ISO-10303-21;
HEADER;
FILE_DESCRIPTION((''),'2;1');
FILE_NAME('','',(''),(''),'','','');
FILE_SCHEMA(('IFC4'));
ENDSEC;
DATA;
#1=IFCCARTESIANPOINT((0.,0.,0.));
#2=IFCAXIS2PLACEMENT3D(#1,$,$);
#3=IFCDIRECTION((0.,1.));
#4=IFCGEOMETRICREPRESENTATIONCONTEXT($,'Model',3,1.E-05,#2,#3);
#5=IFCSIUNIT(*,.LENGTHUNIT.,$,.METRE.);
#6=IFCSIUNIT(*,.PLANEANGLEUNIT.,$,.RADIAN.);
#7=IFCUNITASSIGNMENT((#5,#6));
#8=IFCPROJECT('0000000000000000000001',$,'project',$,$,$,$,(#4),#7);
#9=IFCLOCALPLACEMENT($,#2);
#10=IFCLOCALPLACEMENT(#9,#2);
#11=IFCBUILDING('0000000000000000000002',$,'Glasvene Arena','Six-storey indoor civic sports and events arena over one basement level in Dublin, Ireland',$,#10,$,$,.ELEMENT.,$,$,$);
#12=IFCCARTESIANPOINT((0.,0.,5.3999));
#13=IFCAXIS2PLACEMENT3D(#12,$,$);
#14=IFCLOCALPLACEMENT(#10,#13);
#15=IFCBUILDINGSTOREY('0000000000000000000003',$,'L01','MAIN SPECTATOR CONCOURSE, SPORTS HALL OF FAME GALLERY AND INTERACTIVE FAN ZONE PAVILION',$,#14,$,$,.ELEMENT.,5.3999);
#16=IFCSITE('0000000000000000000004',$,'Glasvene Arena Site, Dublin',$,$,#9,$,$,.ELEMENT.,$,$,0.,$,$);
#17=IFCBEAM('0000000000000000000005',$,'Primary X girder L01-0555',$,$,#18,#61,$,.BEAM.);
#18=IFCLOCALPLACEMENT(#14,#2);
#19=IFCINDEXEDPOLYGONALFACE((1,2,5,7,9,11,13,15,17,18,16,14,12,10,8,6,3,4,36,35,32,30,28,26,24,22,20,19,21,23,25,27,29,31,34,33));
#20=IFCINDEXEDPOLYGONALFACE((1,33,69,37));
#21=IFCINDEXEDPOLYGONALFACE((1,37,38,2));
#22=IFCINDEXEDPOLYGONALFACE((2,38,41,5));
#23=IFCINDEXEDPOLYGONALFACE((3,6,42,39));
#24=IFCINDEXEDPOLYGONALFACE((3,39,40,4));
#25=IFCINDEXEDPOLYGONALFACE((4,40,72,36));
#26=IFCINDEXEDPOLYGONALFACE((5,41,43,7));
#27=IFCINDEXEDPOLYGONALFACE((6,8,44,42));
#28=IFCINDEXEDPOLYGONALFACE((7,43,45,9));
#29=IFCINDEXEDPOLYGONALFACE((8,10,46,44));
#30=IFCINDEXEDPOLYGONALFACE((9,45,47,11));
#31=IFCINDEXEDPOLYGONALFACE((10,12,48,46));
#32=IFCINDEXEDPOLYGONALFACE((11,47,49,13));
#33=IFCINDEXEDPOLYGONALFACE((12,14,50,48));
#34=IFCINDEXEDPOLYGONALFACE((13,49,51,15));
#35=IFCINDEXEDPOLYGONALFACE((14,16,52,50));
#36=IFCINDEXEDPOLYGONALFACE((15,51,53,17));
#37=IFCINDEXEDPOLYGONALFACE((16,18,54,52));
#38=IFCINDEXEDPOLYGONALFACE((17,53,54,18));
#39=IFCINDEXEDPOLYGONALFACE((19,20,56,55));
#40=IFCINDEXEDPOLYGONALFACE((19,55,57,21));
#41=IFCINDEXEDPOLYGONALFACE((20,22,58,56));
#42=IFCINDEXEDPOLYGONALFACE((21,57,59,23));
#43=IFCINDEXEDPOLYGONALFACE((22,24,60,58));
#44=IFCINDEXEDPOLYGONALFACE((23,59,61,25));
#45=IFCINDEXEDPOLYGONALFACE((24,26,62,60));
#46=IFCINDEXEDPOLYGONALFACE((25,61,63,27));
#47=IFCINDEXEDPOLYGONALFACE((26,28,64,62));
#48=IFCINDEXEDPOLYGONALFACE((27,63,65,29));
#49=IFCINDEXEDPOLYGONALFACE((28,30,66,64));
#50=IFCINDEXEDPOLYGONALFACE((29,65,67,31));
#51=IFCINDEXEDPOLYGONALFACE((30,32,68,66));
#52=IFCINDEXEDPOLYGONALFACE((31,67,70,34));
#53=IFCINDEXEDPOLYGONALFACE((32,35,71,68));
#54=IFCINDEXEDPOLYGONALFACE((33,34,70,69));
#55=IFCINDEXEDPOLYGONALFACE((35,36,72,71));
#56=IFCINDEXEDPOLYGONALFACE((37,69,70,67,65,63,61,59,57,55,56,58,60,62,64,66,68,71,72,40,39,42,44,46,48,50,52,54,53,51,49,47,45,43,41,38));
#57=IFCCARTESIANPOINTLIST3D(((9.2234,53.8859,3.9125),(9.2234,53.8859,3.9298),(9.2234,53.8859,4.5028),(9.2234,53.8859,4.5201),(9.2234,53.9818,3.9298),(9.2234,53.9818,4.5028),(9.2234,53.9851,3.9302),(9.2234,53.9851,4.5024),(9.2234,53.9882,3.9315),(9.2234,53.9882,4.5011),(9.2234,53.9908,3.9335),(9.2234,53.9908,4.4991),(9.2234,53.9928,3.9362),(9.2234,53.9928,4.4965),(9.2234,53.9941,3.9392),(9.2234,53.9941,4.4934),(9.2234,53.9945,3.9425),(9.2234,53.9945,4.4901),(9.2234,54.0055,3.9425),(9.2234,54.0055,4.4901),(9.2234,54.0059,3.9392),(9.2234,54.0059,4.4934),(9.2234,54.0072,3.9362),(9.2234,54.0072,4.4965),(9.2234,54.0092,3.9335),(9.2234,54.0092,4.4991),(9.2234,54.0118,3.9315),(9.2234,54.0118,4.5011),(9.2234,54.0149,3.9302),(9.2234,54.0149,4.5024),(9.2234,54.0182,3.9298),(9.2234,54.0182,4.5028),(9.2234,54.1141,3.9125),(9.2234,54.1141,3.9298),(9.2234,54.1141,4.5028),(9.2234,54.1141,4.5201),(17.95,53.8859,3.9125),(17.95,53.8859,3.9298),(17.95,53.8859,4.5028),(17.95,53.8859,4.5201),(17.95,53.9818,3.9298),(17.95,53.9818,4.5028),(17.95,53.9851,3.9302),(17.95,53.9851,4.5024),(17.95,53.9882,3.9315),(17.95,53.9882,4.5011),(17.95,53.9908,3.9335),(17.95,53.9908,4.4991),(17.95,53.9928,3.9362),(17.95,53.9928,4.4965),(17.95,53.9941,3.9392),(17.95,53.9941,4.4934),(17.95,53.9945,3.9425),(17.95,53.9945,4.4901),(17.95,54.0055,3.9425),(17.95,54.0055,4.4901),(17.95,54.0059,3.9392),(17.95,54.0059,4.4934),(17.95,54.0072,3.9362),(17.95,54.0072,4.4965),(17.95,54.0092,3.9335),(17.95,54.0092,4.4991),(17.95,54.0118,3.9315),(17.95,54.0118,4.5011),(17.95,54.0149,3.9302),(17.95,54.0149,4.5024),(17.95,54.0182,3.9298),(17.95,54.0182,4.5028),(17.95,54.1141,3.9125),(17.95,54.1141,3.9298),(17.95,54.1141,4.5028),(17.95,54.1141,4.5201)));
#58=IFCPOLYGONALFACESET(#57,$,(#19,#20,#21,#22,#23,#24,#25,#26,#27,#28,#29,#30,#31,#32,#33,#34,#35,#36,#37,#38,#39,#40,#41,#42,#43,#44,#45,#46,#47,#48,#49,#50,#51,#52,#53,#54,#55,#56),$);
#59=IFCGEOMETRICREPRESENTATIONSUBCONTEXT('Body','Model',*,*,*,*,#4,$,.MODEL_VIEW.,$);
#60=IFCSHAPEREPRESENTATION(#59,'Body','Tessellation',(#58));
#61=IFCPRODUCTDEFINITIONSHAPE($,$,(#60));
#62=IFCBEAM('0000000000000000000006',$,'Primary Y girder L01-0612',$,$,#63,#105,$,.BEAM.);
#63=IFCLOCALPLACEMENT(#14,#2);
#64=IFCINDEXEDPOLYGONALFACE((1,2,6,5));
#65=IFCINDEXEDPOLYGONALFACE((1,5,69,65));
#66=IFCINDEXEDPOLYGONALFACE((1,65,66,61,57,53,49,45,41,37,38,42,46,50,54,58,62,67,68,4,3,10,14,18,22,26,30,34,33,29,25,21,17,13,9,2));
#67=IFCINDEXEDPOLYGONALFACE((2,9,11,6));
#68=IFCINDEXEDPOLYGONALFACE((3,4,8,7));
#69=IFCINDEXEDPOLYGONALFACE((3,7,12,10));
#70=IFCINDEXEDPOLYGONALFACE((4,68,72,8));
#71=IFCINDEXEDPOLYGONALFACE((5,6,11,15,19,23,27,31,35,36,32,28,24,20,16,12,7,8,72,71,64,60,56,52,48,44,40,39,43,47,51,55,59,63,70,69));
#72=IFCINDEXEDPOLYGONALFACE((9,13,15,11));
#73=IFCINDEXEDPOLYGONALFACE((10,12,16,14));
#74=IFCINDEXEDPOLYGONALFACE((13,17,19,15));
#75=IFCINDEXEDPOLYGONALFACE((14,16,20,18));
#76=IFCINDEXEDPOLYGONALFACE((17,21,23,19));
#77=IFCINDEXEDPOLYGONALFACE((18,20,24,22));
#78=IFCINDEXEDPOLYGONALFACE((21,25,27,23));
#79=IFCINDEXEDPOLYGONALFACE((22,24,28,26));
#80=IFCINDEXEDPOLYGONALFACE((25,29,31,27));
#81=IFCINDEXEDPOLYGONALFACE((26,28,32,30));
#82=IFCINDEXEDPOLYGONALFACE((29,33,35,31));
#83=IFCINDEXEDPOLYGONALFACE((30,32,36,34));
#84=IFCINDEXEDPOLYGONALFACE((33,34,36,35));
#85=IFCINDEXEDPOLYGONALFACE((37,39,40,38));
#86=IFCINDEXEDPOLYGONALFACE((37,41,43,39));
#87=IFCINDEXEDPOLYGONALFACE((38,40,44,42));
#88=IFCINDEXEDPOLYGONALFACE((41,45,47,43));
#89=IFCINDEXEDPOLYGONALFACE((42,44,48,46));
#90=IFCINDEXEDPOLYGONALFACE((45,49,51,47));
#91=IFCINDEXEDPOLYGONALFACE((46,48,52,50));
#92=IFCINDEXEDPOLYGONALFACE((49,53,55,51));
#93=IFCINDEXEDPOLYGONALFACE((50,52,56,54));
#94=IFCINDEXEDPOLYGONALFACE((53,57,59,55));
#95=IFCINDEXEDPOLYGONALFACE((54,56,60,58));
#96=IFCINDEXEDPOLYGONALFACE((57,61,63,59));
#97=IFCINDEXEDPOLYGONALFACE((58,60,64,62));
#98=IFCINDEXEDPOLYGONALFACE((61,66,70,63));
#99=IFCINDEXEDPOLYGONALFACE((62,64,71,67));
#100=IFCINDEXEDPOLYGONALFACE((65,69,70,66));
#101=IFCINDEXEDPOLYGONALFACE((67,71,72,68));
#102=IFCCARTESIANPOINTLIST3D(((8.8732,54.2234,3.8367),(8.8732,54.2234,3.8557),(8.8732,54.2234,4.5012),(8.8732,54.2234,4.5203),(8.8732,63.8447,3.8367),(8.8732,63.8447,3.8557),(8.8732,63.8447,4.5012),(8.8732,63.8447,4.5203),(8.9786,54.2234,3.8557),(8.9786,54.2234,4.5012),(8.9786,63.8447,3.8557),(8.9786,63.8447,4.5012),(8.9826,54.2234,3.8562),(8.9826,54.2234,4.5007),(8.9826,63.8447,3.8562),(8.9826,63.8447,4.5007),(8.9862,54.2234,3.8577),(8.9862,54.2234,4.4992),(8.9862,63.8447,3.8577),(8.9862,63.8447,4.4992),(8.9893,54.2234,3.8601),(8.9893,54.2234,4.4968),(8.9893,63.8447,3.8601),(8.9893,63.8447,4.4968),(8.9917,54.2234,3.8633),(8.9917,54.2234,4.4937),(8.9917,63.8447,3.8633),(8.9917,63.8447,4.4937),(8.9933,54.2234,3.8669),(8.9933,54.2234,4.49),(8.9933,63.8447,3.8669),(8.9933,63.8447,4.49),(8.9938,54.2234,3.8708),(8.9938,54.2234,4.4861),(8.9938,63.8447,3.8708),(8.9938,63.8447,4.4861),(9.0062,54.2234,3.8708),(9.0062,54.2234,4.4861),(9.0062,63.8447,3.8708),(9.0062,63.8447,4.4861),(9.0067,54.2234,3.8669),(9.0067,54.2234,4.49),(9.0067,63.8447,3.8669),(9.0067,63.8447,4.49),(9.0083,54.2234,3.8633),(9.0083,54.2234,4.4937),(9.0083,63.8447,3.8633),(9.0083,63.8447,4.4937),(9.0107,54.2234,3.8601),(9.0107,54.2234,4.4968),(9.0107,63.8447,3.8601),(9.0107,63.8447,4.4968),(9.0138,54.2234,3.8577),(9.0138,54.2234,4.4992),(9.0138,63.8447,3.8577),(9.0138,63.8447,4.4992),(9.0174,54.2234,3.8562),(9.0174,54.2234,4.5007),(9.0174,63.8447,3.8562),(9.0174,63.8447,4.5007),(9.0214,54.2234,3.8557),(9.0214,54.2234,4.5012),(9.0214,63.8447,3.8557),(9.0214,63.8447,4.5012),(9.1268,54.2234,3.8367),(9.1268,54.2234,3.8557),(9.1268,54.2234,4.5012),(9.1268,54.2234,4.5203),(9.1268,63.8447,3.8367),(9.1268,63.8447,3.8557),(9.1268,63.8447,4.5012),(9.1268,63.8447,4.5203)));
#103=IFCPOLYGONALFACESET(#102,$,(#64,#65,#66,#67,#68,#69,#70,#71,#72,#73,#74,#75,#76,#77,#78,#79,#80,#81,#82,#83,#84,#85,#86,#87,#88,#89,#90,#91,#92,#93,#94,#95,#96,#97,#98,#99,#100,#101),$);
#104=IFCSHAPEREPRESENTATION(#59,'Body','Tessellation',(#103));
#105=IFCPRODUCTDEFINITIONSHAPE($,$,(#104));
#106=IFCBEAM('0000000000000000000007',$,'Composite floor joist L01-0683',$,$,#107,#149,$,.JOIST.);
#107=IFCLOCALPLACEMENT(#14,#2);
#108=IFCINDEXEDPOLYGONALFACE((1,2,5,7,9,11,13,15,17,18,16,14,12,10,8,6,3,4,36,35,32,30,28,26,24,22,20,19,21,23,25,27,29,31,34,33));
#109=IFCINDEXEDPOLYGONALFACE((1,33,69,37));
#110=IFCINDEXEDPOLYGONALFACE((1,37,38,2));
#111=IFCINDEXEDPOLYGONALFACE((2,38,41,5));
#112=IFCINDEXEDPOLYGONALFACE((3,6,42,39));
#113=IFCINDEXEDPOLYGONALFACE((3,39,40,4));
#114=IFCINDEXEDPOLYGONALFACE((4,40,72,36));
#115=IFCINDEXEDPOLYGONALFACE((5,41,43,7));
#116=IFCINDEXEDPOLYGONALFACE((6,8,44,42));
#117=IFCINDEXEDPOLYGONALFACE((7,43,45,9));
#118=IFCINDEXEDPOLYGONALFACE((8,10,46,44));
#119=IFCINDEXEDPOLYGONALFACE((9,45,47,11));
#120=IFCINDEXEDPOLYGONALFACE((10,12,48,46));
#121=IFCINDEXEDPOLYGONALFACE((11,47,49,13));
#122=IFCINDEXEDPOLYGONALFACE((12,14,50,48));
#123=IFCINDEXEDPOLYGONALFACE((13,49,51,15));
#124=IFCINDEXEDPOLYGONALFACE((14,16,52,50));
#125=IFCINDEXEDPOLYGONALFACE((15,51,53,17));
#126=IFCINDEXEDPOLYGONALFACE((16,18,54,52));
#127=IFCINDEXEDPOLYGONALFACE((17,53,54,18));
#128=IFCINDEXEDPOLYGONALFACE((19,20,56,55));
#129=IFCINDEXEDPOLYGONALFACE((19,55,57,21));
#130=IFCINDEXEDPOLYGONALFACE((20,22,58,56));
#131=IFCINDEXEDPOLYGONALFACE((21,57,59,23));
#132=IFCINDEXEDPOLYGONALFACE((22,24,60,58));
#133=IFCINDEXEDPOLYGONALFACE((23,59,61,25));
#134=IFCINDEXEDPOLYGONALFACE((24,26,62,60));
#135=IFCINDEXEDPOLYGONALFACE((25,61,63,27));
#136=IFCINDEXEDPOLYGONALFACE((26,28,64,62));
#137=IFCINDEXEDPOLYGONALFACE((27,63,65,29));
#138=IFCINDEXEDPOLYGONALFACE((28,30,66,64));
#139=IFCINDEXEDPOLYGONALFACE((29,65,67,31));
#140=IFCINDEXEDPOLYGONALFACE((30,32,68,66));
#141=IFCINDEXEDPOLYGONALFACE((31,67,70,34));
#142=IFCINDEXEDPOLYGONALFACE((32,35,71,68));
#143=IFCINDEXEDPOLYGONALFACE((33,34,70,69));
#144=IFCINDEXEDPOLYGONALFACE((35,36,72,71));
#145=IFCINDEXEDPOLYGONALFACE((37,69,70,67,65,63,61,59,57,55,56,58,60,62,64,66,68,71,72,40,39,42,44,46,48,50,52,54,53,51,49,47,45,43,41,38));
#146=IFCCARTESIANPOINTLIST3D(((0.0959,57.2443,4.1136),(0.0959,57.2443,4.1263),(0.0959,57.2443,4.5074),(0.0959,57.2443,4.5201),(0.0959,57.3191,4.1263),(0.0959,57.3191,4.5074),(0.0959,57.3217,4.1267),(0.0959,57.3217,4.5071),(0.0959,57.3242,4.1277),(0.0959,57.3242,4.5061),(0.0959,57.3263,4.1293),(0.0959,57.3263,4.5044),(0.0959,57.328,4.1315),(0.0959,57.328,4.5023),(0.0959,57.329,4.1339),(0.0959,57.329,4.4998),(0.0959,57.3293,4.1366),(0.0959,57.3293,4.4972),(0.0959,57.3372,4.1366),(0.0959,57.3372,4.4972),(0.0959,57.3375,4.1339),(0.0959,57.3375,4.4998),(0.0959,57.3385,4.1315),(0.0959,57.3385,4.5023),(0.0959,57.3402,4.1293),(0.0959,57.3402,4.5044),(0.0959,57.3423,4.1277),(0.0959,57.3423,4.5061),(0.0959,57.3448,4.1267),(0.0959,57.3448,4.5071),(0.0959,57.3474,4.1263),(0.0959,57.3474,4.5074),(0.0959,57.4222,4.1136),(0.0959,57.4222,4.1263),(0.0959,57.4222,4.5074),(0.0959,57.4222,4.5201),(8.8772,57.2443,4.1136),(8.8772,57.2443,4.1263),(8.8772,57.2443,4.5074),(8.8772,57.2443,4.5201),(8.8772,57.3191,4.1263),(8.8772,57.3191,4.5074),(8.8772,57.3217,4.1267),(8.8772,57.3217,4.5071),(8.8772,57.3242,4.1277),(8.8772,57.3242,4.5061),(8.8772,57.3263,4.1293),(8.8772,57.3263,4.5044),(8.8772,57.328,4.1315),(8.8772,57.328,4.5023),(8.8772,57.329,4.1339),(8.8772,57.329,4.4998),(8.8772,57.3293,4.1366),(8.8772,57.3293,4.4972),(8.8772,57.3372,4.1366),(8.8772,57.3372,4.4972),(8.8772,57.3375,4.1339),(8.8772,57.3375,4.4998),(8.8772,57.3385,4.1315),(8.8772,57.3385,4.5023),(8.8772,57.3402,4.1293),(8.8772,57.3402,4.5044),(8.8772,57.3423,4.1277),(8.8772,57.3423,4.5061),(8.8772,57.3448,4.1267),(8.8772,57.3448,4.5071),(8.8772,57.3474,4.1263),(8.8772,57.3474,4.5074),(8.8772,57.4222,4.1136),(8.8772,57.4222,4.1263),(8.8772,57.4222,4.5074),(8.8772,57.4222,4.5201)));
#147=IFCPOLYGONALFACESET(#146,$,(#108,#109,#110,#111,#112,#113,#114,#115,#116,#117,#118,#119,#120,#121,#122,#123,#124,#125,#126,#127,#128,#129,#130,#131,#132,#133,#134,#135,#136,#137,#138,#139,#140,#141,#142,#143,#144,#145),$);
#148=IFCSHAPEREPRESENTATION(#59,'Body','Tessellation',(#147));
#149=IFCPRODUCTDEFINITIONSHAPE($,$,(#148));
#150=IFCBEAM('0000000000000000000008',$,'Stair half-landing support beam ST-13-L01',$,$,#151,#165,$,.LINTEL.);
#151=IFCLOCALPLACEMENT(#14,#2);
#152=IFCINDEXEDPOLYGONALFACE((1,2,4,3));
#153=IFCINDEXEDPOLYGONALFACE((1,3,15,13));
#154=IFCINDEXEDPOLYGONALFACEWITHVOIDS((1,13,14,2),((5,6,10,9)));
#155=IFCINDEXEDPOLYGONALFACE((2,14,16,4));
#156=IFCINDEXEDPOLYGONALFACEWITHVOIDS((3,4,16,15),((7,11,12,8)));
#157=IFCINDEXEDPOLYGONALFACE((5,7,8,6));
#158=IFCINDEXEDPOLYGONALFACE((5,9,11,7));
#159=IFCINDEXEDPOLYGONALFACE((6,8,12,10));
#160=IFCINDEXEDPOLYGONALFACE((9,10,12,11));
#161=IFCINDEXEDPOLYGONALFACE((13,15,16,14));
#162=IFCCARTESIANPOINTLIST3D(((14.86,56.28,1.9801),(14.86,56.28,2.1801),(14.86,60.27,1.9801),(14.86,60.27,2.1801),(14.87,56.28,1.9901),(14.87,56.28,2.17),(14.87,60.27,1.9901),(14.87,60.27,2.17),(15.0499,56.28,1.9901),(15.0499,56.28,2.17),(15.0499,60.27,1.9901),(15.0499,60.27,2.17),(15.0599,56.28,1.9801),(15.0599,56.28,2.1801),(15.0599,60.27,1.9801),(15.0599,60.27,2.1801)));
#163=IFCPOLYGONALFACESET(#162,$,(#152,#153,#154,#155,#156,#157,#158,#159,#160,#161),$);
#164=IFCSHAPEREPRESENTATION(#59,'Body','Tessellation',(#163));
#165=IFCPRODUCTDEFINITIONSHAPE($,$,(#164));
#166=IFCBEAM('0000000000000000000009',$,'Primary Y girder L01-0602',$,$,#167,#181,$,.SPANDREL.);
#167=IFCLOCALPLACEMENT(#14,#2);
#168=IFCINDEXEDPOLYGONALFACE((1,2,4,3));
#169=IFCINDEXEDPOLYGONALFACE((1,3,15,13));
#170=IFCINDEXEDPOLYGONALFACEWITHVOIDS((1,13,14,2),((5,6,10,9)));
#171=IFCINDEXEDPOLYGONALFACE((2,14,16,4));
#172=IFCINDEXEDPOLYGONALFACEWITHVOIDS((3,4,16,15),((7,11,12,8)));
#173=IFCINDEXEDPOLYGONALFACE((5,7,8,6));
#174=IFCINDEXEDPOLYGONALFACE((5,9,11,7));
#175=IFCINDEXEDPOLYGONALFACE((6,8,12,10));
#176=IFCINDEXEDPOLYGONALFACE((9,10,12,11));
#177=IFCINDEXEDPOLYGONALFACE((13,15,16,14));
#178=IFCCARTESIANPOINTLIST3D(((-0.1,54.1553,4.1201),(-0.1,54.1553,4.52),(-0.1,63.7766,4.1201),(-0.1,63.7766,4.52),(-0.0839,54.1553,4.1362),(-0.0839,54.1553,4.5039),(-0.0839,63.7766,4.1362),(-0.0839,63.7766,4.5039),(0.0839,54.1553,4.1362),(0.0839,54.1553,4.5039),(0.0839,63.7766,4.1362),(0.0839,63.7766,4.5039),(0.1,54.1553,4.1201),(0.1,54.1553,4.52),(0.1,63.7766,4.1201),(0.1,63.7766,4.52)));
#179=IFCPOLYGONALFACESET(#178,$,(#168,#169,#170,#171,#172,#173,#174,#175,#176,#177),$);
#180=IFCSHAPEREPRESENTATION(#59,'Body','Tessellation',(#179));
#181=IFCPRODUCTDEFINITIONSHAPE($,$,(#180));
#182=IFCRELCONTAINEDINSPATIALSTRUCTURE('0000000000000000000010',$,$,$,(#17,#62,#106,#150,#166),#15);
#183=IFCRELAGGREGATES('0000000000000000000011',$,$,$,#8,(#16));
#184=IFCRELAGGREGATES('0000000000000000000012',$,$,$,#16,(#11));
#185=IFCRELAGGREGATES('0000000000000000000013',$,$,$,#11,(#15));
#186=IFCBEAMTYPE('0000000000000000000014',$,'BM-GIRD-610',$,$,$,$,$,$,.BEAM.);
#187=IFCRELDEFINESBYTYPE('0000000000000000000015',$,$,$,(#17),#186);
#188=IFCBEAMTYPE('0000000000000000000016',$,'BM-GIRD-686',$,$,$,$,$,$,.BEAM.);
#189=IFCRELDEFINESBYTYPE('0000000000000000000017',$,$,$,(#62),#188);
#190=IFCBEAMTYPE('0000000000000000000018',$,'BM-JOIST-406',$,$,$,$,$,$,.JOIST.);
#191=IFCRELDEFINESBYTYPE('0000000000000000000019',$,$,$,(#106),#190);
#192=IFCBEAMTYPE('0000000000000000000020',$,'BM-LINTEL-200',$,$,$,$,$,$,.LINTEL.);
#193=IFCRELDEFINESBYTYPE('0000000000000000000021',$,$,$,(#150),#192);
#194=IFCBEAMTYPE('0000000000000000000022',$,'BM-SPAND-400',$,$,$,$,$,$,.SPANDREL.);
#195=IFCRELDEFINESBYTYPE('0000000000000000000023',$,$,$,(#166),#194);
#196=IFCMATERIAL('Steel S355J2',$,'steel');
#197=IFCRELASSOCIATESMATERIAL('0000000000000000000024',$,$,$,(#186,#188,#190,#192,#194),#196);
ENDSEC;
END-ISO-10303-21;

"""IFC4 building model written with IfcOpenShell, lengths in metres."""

from ifc_helpers import new_model, si_unit, direction, frame, origin, origin_2d, place, context, subcontext, project, spatial, hollow_rectangle, i_section, extrude, material, material_profile, profile_set, type_object, element, save


model = new_model("IFC4")

# Units and contexts
model_context = context("Model", 3, precision=1e-05, world=origin(), true_north=direction((0.0, 1.0)))
body_context = subcontext(model_context, "Body", "Model", "MODEL_VIEW")
ifc_project = project(units=[si_unit("LENGTHUNIT", "METRE"), si_unit("PLANEANGLEUNIT", "RADIAN")], contexts=[model_context])

# Site, building, storey
site_placement = place(None, origin())
site = spatial("IfcSite", under=ifc_project, at=site_placement, Name="Glasvene Arena Site, Dublin", CompositionType="ELEMENT", RefElevation=0.0)
building_placement = place(site_placement, origin())
building = spatial("IfcBuilding", under=site, at=building_placement, Name="Glasvene Arena", Description="Six-storey indoor civic sports and events arena over one basement level in Dublin, Ireland", CompositionType="ELEMENT")
storey_placement = place(building_placement, frame((0.0, 0.0, 5.3999)))
storey = spatial("IfcBuildingStorey", under=building, at=storey_placement, Name="L01", Description="MAIN SPECTATOR CONCOURSE, SPORTS HALL OF FAME GALLERY AND INTERACTIVE FAN ZONE PAVILION", CompositionType="ELEMENT", Elevation=5.3999)

# Shared definitions
ifc_material_1 = material(Name="Steel S355J2", Category="steel")

# Beams
ifc_material_profile_1 = material_profile(ifc_material_1, i_section(OverallWidth=0.2283, OverallDepth=0.6077, WebThickness=0.011, FlangeThickness=0.0173, FilletRadius=0.0127, at=origin_2d()), Name="UKB 610x229x113")
ifc_profile_set_1 = profile_set([ifc_material_profile_1], Name="Steel S355J2")
beam_type_1 = type_object("IfcBeamType", Name="BM-GIRD-610", PredefinedType="BEAM", material=ifc_profile_set_1)
for number, where, z_axis, x_axis, name in (
    (1, (9.2234, 54.0, 4.2163), (1.0, 0.0, 0.0), (0.0, 1.0, 0.0), "Primary X girder L01-0555"),
):
    element("IfcBeam", number, at=place(storey_placement, frame(where, z_axis=z_axis, x_axis=x_axis)), inside=storey, type_object=beam_type_1, Name=name, PredefinedType="BEAM", context=body_context, shape_type="SweptSolid", body=[
        extrude(i_section(OverallWidth=0.2283, OverallDepth=0.6077, WebThickness=0.011, FlangeThickness=0.0173, FilletRadius=0.0127, at=origin_2d()), origin(), (0.0, 0.0, 1.0), 8.7266),
    ])
ifc_material_profile_2 = material_profile(ifc_material_1, i_section(OverallWidth=0.2537, OverallDepth=0.6836, WebThickness=0.0125, FlangeThickness=0.019, FilletRadius=0.0151, at=origin_2d()), Name="UKB 686x254x140")
ifc_profile_set_2 = profile_set([ifc_material_profile_2], Name="Steel S355J2")
beam_type_2 = type_object("IfcBeamType", Name="BM-GIRD-686", PredefinedType="BEAM", material=ifc_profile_set_2)
beam_1_placement = place(storey_placement, frame((9.0, 54.2234, 4.1785), z_axis=(0.0, 1.0, 0.0), x_axis=(-1.0, 0.0, 0.0)))
element("IfcBeam", 2, at=beam_1_placement, inside=storey, type_object=beam_type_2, Name="Primary Y girder L01-0612", PredefinedType="BEAM", context=body_context, shape_type="SweptSolid", body=[
    extrude(i_section(OverallWidth=0.2537, OverallDepth=0.6836, WebThickness=0.0125, FlangeThickness=0.019, FilletRadius=0.0151, at=origin_2d()), origin(), (0.0, 0.0, 1.0), 9.6213),
])
ifc_material_profile_3 = material_profile(ifc_material_1, i_section(OverallWidth=0.178, OverallDepth=0.4065, WebThickness=0.0078, FlangeThickness=0.0127, FilletRadius=0.0103, at=origin_2d()), Name="UKB 406x178x60")
ifc_profile_set_3 = profile_set([ifc_material_profile_3], Name="Steel S355J2")
beam_type_3 = type_object("IfcBeamType", Name="BM-JOIST-406", PredefinedType="JOIST", material=ifc_profile_set_3)
beam_2_placement = place(storey_placement, frame((0.0959, 57.3333, 4.3169), z_axis=(1.0, 0.0, 0.0), x_axis=(0.0, 1.0, 0.0)))
element("IfcBeam", 3, at=beam_2_placement, inside=storey, type_object=beam_type_3, Name="Composite floor joist L01-0683", PredefinedType="JOIST", context=body_context, shape_type="SweptSolid", body=[
    extrude(i_section(OverallWidth=0.178, OverallDepth=0.4065, WebThickness=0.0078, FlangeThickness=0.0127, FilletRadius=0.0103, at=origin_2d()), origin(), (0.0, 0.0, 1.0), 8.7812),
])
ifc_material_profile_4 = material_profile(ifc_material_1, hollow_rectangle(XDim=0.2, YDim=0.2, WallThickness=0.01, at=origin_2d()), Name="SHS 200x200x10.0")
ifc_profile_set_4 = profile_set([ifc_material_profile_4], Name="Steel S355J2")
beam_type_4 = type_object("IfcBeamType", Name="BM-LINTEL-200", PredefinedType="LINTEL", material=ifc_profile_set_4)
beam_3_placement = place(storey_placement, frame((14.96, 56.28, 2.0801), z_axis=(0.0, 1.0, 0.0), x_axis=(-1.0, 0.0, 0.0)))
element("IfcBeam", 4, at=beam_3_placement, inside=storey, type_object=beam_type_4, Name="Stair half-landing support beam ST-13-L01", PredefinedType="LINTEL", context=body_context, shape_type="SweptSolid", body=[
    extrude(hollow_rectangle(XDim=0.2, YDim=0.2, WallThickness=0.01, at=origin_2d()), origin(), (0.0, 0.0, 1.0), 3.99),
])
ifc_material_profile_5 = material_profile(ifc_material_1, hollow_rectangle(XDim=0.2, YDim=0.3999, WallThickness=0.0161, at=origin_2d()), Name="RHS 400x200x16.0")
ifc_profile_set_5 = profile_set([ifc_material_profile_5], Name="Steel S355J2")
beam_type_5 = type_object("IfcBeamType", Name="BM-SPAND-400", PredefinedType="SPANDREL", material=ifc_profile_set_5)
beam_4_placement = place(storey_placement, frame((0.0, 54.1553, 4.3201), z_axis=(0.0, 1.0, 0.0), x_axis=(-1.0, 0.0, 0.0)))
element("IfcBeam", 5, at=beam_4_placement, inside=storey, type_object=beam_type_5, Name="Primary Y girder L01-0602", PredefinedType="SPANDREL", context=body_context, shape_type="SweptSolid", body=[
    extrude(hollow_rectangle(XDim=0.2, YDim=0.3999, WallThickness=0.0161, at=origin_2d()), origin(), (0.0, 0.0, 1.0), 9.6213),
])

save(model, "model.ifc")
